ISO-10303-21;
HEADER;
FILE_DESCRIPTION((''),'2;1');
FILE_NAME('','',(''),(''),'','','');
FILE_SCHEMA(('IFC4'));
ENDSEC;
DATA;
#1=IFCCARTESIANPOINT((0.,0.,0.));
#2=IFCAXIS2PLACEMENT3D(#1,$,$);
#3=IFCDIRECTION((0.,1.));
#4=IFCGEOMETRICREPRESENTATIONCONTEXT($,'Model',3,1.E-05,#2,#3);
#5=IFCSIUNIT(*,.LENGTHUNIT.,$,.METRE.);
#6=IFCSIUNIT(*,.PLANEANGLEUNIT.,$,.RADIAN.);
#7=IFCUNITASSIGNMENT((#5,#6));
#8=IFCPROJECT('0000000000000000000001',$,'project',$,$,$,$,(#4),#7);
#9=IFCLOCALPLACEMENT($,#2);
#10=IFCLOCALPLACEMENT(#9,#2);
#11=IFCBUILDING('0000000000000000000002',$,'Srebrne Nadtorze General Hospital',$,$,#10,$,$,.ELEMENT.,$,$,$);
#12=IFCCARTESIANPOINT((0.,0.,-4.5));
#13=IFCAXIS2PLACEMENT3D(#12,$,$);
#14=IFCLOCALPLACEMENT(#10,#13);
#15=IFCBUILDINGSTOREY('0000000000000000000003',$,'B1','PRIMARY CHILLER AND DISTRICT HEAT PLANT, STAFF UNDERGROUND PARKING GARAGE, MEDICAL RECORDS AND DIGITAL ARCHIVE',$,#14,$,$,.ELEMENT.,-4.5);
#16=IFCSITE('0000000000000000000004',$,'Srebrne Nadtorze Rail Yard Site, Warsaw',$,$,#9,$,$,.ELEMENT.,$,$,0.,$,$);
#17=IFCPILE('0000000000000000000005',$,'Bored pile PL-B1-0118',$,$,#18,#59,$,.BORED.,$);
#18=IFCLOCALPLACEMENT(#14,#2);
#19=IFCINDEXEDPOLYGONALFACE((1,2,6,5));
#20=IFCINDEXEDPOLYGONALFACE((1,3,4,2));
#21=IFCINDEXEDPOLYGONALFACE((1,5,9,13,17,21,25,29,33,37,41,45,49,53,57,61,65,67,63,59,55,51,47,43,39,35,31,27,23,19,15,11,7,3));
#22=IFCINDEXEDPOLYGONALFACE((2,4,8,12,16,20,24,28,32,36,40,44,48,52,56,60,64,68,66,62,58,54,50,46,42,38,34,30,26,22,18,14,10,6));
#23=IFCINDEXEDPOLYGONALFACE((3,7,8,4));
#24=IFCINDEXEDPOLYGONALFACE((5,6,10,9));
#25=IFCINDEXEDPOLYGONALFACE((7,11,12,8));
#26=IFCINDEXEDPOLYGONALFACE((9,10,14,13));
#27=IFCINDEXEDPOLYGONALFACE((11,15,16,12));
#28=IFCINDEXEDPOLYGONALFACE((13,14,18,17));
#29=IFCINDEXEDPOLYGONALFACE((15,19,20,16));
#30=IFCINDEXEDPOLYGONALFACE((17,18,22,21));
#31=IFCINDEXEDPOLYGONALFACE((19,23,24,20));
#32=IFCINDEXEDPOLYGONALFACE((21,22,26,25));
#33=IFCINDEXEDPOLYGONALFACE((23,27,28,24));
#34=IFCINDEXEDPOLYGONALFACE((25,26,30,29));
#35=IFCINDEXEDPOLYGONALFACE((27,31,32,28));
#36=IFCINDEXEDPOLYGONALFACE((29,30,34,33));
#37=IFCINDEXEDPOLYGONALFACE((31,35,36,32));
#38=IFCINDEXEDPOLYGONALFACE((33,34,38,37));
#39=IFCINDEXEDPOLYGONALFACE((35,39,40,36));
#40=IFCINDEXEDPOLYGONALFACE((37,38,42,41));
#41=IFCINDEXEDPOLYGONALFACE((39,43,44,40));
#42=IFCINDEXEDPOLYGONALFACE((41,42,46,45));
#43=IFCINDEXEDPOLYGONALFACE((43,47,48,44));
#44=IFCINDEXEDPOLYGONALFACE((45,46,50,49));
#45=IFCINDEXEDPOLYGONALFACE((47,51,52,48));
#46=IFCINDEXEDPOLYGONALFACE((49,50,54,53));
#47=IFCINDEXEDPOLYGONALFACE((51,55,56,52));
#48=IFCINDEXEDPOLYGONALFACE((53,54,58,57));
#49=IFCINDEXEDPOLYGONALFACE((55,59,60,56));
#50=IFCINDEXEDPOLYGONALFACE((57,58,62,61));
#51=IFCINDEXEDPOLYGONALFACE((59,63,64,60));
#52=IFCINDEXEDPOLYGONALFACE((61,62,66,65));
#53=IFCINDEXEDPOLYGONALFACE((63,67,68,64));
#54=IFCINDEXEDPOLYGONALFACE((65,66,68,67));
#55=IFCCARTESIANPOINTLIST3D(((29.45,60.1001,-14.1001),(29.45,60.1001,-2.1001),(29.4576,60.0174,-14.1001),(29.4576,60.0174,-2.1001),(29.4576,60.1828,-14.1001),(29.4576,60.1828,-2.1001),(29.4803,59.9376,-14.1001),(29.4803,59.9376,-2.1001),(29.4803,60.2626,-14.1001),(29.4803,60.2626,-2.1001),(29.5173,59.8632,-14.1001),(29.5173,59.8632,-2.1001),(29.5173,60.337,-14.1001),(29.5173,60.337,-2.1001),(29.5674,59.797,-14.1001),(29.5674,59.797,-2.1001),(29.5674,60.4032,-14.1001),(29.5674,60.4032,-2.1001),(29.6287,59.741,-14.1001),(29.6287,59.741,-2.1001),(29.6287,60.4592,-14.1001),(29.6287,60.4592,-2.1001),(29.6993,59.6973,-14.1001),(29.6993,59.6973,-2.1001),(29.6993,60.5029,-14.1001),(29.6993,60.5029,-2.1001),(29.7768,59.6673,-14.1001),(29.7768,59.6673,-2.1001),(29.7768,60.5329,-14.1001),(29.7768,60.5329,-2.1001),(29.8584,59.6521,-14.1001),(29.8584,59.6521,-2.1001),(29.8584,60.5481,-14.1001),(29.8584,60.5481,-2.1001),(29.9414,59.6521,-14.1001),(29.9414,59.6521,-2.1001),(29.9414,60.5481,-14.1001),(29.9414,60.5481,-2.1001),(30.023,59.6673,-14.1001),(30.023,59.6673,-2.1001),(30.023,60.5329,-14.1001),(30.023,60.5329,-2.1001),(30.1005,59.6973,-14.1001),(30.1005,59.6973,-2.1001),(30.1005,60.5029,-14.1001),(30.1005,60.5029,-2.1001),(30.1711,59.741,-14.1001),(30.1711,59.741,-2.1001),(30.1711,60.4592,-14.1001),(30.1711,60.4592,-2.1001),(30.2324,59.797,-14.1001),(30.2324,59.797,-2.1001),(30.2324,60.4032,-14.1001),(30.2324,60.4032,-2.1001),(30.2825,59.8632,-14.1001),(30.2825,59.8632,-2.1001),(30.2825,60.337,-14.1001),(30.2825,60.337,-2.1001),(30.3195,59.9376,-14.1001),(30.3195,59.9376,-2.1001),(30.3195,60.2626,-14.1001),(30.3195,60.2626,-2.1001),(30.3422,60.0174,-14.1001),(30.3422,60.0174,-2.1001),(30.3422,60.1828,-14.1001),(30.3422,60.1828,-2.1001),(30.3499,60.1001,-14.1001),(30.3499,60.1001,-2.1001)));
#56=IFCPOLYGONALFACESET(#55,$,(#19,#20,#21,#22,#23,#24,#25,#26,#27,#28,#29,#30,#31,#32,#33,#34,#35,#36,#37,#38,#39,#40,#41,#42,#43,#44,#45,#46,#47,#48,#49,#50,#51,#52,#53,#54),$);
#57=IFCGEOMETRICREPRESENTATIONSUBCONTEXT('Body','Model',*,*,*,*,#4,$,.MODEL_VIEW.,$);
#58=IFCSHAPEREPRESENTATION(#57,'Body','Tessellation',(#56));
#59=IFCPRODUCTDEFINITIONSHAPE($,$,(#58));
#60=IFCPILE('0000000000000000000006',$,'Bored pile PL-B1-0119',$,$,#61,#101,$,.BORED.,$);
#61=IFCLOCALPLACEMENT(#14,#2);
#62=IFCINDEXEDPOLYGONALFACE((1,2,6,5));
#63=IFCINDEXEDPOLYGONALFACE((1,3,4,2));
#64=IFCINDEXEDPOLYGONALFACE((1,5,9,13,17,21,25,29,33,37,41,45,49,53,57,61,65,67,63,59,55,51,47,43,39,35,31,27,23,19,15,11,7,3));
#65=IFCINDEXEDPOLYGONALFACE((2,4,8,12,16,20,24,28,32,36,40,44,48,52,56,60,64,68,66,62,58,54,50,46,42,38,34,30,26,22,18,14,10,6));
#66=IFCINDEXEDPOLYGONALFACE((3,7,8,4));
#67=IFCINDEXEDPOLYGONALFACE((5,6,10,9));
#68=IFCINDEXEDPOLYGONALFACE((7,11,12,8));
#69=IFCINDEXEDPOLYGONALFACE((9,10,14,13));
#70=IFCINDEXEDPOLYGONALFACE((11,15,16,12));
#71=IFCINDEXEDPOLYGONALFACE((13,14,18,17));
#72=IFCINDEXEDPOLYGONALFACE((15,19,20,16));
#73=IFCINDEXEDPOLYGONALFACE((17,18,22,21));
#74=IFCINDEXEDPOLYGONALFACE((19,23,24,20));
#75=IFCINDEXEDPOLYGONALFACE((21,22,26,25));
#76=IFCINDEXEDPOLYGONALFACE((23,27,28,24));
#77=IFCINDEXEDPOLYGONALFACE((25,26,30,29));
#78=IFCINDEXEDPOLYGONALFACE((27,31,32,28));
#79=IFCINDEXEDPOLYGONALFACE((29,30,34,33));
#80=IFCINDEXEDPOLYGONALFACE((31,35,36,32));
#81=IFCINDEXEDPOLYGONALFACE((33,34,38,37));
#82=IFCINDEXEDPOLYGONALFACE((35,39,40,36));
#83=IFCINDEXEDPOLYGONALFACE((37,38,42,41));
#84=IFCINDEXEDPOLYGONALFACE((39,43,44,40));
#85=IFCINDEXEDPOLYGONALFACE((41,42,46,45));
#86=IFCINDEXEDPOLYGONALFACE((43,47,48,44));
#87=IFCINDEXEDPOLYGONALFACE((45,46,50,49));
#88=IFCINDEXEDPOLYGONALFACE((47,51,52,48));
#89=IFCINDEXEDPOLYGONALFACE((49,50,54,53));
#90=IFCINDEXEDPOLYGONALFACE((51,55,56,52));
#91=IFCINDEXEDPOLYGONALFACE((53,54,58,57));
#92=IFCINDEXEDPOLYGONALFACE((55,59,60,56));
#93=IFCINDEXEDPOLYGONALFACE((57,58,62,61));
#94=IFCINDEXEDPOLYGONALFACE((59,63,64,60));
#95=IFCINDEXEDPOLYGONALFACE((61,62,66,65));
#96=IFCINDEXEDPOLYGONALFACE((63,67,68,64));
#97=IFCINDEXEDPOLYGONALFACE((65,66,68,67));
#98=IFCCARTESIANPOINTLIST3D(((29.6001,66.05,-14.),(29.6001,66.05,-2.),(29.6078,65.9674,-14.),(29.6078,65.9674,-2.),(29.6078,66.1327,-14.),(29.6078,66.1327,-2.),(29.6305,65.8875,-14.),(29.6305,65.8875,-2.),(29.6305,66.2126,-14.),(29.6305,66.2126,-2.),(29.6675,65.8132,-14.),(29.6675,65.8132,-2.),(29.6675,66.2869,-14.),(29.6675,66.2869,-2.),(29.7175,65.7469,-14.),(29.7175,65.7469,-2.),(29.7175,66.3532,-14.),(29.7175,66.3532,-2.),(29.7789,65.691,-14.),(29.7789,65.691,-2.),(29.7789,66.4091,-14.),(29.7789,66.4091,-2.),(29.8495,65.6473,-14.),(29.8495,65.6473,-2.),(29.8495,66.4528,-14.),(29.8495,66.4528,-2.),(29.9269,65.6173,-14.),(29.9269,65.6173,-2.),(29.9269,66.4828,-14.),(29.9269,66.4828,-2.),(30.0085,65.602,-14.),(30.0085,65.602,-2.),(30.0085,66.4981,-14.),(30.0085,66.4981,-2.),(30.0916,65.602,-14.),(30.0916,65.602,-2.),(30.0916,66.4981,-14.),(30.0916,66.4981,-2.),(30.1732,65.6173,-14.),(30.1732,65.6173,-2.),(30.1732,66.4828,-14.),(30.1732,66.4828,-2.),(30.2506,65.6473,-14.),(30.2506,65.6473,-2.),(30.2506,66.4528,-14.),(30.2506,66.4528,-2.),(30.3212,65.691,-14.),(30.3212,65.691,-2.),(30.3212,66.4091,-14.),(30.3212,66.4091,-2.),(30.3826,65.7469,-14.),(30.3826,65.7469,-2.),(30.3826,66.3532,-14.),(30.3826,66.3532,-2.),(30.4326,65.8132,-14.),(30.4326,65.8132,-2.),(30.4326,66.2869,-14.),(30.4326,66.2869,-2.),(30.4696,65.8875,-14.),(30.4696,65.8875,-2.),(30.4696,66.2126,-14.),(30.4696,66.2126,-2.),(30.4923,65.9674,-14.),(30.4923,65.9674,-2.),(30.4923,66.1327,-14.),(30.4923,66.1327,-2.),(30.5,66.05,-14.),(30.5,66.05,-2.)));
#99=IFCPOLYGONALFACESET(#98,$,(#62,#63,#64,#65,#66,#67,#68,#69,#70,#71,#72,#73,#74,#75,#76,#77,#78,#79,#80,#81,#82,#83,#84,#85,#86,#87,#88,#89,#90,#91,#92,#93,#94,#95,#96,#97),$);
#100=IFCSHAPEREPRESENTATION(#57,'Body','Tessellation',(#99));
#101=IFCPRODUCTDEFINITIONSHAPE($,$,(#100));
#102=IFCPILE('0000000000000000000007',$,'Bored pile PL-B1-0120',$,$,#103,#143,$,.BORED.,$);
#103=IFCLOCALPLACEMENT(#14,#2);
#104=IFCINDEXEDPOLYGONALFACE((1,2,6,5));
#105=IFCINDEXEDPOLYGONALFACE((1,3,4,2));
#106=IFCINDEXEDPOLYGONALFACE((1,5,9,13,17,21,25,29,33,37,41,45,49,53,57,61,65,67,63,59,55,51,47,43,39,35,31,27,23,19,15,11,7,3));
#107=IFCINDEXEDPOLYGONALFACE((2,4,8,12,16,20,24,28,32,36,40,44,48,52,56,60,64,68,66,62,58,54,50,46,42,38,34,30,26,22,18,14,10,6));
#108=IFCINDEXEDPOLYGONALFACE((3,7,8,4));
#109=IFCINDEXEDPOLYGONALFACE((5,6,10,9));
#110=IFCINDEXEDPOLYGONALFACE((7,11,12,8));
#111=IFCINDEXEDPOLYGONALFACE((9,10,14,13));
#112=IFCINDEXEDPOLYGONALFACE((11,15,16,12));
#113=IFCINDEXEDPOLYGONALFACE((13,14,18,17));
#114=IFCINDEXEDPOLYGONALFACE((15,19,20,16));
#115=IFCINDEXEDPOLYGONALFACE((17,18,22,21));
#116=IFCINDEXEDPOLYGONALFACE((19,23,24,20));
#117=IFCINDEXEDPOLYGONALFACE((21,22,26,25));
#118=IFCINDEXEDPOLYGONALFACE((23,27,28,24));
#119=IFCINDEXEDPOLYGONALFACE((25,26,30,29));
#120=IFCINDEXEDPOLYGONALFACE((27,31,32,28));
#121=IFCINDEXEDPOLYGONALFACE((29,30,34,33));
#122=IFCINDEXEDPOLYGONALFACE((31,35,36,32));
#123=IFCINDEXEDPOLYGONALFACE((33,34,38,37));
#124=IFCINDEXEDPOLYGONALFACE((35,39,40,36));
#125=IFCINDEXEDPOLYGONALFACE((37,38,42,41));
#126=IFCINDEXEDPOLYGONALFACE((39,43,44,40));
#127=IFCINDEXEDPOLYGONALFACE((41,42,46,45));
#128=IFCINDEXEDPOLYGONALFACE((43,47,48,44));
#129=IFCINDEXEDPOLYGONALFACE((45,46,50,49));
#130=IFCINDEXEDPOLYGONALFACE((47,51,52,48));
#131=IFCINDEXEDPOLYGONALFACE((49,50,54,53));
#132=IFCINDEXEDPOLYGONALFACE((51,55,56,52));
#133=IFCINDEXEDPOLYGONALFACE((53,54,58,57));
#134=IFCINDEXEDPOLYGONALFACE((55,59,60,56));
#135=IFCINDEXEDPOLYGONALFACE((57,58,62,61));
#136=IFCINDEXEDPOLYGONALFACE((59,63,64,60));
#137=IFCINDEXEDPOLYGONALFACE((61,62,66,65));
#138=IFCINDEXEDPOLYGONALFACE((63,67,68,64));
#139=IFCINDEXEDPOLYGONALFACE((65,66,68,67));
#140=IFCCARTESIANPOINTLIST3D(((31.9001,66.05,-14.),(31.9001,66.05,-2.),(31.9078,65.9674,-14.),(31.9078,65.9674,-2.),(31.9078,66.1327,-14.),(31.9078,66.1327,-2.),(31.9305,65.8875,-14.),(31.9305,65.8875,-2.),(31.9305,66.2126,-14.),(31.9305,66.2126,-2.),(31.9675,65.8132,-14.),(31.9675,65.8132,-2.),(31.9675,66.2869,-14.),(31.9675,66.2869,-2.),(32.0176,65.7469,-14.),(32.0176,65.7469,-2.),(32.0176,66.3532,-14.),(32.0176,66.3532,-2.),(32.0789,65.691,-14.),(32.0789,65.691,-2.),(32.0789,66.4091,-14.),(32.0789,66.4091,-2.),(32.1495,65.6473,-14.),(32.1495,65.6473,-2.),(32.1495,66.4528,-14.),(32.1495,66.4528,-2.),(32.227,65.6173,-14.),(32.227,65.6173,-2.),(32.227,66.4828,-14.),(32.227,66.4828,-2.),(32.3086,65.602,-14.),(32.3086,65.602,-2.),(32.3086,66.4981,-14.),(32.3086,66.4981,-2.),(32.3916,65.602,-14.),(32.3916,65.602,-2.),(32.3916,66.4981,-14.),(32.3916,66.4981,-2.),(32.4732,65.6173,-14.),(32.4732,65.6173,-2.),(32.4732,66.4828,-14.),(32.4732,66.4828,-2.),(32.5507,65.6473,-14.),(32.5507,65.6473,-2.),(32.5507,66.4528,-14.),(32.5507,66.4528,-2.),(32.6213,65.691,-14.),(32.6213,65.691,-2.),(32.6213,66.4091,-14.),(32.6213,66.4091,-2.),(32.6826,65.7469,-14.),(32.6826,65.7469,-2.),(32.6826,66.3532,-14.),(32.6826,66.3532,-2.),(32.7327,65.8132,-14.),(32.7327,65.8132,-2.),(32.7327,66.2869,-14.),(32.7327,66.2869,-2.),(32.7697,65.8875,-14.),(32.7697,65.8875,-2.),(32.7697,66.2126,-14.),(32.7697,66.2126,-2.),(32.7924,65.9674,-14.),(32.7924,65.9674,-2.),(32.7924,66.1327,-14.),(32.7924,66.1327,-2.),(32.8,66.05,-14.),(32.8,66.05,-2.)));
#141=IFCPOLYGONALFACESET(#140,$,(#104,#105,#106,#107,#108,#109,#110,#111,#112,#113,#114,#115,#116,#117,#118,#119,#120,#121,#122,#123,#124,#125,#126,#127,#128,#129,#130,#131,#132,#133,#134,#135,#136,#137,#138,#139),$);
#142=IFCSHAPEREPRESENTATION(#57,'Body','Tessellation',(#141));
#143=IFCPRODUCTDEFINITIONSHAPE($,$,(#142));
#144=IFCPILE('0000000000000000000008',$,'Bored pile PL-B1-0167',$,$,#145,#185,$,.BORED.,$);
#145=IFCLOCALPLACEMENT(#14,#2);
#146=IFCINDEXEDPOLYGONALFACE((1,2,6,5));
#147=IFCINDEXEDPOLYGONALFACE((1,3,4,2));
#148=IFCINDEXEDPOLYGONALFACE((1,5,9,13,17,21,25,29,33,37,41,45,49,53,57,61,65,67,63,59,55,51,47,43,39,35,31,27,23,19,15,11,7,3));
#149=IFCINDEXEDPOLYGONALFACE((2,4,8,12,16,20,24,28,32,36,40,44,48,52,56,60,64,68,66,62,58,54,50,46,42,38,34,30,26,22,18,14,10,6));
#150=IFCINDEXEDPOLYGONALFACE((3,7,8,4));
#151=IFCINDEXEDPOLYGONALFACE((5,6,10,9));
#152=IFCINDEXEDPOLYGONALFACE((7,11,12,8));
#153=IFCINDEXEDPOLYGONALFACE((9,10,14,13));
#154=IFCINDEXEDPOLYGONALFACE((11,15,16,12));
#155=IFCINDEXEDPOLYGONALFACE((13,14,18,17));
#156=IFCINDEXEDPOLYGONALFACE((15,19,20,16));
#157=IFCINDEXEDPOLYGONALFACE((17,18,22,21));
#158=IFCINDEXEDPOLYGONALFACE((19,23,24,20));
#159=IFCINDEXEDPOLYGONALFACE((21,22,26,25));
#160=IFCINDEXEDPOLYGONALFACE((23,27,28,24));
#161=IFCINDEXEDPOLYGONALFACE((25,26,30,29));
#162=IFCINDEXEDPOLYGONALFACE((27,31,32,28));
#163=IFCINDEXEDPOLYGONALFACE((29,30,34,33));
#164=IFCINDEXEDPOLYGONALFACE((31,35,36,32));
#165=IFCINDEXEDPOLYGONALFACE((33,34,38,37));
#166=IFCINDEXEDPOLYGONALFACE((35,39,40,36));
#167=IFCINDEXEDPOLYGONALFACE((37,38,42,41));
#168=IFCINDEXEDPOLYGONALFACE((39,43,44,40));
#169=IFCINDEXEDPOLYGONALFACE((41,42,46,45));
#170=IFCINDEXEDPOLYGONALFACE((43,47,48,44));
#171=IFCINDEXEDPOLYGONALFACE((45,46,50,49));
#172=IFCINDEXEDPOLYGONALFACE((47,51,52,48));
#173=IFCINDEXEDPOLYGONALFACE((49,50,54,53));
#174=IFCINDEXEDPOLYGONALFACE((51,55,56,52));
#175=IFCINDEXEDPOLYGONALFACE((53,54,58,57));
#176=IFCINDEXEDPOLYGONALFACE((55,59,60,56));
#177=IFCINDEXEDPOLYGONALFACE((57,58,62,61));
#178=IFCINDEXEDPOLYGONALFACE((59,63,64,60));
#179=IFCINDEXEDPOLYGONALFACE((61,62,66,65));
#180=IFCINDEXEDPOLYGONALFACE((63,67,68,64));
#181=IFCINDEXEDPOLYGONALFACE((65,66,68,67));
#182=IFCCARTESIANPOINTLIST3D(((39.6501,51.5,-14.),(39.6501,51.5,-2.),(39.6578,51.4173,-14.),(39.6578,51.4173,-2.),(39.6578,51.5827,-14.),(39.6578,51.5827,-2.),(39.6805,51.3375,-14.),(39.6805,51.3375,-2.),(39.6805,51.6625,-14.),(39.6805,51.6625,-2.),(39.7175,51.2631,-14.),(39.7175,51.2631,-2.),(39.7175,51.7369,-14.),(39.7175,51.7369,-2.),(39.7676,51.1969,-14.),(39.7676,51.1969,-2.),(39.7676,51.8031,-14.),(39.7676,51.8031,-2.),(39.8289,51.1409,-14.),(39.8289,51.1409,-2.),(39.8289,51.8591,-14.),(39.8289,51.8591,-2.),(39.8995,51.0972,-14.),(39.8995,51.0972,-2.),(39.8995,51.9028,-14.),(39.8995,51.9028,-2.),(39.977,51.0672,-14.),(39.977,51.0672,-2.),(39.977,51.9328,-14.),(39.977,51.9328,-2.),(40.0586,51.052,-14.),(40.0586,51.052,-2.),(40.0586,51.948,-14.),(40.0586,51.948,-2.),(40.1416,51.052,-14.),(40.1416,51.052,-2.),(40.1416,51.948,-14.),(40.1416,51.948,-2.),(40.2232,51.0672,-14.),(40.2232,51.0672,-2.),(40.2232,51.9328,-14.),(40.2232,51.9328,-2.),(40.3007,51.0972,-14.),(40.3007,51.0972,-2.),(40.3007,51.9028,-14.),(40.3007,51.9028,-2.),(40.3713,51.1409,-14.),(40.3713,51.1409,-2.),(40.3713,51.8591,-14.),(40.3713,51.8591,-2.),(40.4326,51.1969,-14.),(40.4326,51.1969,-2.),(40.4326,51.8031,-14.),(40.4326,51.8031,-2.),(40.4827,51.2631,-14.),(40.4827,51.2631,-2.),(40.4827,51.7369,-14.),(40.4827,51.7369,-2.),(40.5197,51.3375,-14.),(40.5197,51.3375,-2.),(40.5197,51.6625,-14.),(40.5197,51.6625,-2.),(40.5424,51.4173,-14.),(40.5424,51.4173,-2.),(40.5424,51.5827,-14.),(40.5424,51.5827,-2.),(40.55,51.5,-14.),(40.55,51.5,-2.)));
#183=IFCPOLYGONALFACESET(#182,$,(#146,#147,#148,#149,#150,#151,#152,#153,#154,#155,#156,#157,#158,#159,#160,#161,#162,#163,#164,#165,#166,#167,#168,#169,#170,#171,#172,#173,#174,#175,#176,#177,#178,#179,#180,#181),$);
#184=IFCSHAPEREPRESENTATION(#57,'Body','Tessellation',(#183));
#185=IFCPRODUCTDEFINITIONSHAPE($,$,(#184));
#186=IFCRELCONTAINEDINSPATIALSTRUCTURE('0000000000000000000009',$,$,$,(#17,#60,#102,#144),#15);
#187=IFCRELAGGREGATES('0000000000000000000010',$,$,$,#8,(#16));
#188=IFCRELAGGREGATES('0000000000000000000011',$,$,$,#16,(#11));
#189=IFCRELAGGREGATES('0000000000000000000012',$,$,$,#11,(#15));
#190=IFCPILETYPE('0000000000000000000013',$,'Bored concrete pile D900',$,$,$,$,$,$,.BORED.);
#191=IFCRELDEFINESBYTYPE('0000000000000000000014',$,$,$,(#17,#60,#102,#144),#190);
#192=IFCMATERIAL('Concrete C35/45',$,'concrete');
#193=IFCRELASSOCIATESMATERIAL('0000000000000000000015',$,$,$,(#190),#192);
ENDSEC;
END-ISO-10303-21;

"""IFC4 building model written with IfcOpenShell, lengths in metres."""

from ifc_helpers import new_model, si_unit, direction, frame, origin, origin_2d, place, context, subcontext, project, spatial, circle, extrude, material, material_profile, profile_set, type_object, element, save


model = new_model("IFC4")

# Units and contexts
model_context = context("Model", 3, precision=1e-05, world=origin(), true_north=direction((0.0, 1.0)))
body_context = subcontext(model_context, "Body", "Model", "MODEL_VIEW")
ifc_project = project(units=[si_unit("LENGTHUNIT", "METRE"), si_unit("PLANEANGLEUNIT", "RADIAN")], contexts=[model_context])

# Site, building, storey
site_placement = place(None, origin())
site = spatial("IfcSite", under=ifc_project, at=site_placement, Name="Srebrne Nadtorze Rail Yard Site, Warsaw", CompositionType="ELEMENT", RefElevation=0.0)
building_placement = place(site_placement, origin())
building = spatial("IfcBuilding", under=site, at=building_placement, Name="Srebrne Nadtorze General Hospital", CompositionType="ELEMENT")
storey_placement = place(building_placement, frame((0.0, 0.0, -4.5)))
storey = spatial("IfcBuildingStorey", under=building, at=storey_placement, Name="B1", Description="PRIMARY CHILLER AND DISTRICT HEAT PLANT, STAFF UNDERGROUND PARKING GARAGE, MEDICAL RECORDS AND DIGITAL ARCHIVE", CompositionType="ELEMENT", Elevation=-4.5)

# Piles
ifc_material_1 = material(Name="Concrete C35/45", Category="concrete")
ifc_material_profile_1 = material_profile(ifc_material_1, circle(Radius=0.45, at=origin_2d()), Name="PILE-D900")
ifc_profile_set_1 = profile_set([ifc_material_profile_1], Name="Concrete C35/45")
pile_type_1 = type_object("IfcPileType", Name="Bored concrete pile D900", PredefinedType="BORED", material=ifc_profile_set_1)
for number, where, z_axis, x_axis, name in (
    (1, (29.8999, 60.1001, -2.1001), (0.0, 0.0, -1.0), (1.0, 0.0, 0.0), "Bored pile PL-B1-0118"),
    (2, (30.05, 66.05, -2.0), (0.0, 0.0, -1.0), (1.0, 0.0, 0.0), "Bored pile PL-B1-0119"),
    (3, (32.3501, 66.05, -2.0), (0.0, 0.0, -1.0), (1.0, 0.0, 0.0), "Bored pile PL-B1-0120"),
    (4, (40.1001, 51.5, -2.0), (0.0, 0.0, -1.0), (1.0, 0.0, 0.0), "Bored pile PL-B1-0167"),
):
    element("IfcPile", number, at=place(storey_placement, frame(where, z_axis=z_axis, x_axis=x_axis)), inside=storey, type_object=pile_type_1, Name=name, PredefinedType="BORED", context=body_context, shape_type="SweptSolid", body=[
        extrude(circle(Radius=0.45, at=origin_2d()), origin(), (0.0, 0.0, 1.0), 12.0),
    ])

save(model, "model.ifc")
